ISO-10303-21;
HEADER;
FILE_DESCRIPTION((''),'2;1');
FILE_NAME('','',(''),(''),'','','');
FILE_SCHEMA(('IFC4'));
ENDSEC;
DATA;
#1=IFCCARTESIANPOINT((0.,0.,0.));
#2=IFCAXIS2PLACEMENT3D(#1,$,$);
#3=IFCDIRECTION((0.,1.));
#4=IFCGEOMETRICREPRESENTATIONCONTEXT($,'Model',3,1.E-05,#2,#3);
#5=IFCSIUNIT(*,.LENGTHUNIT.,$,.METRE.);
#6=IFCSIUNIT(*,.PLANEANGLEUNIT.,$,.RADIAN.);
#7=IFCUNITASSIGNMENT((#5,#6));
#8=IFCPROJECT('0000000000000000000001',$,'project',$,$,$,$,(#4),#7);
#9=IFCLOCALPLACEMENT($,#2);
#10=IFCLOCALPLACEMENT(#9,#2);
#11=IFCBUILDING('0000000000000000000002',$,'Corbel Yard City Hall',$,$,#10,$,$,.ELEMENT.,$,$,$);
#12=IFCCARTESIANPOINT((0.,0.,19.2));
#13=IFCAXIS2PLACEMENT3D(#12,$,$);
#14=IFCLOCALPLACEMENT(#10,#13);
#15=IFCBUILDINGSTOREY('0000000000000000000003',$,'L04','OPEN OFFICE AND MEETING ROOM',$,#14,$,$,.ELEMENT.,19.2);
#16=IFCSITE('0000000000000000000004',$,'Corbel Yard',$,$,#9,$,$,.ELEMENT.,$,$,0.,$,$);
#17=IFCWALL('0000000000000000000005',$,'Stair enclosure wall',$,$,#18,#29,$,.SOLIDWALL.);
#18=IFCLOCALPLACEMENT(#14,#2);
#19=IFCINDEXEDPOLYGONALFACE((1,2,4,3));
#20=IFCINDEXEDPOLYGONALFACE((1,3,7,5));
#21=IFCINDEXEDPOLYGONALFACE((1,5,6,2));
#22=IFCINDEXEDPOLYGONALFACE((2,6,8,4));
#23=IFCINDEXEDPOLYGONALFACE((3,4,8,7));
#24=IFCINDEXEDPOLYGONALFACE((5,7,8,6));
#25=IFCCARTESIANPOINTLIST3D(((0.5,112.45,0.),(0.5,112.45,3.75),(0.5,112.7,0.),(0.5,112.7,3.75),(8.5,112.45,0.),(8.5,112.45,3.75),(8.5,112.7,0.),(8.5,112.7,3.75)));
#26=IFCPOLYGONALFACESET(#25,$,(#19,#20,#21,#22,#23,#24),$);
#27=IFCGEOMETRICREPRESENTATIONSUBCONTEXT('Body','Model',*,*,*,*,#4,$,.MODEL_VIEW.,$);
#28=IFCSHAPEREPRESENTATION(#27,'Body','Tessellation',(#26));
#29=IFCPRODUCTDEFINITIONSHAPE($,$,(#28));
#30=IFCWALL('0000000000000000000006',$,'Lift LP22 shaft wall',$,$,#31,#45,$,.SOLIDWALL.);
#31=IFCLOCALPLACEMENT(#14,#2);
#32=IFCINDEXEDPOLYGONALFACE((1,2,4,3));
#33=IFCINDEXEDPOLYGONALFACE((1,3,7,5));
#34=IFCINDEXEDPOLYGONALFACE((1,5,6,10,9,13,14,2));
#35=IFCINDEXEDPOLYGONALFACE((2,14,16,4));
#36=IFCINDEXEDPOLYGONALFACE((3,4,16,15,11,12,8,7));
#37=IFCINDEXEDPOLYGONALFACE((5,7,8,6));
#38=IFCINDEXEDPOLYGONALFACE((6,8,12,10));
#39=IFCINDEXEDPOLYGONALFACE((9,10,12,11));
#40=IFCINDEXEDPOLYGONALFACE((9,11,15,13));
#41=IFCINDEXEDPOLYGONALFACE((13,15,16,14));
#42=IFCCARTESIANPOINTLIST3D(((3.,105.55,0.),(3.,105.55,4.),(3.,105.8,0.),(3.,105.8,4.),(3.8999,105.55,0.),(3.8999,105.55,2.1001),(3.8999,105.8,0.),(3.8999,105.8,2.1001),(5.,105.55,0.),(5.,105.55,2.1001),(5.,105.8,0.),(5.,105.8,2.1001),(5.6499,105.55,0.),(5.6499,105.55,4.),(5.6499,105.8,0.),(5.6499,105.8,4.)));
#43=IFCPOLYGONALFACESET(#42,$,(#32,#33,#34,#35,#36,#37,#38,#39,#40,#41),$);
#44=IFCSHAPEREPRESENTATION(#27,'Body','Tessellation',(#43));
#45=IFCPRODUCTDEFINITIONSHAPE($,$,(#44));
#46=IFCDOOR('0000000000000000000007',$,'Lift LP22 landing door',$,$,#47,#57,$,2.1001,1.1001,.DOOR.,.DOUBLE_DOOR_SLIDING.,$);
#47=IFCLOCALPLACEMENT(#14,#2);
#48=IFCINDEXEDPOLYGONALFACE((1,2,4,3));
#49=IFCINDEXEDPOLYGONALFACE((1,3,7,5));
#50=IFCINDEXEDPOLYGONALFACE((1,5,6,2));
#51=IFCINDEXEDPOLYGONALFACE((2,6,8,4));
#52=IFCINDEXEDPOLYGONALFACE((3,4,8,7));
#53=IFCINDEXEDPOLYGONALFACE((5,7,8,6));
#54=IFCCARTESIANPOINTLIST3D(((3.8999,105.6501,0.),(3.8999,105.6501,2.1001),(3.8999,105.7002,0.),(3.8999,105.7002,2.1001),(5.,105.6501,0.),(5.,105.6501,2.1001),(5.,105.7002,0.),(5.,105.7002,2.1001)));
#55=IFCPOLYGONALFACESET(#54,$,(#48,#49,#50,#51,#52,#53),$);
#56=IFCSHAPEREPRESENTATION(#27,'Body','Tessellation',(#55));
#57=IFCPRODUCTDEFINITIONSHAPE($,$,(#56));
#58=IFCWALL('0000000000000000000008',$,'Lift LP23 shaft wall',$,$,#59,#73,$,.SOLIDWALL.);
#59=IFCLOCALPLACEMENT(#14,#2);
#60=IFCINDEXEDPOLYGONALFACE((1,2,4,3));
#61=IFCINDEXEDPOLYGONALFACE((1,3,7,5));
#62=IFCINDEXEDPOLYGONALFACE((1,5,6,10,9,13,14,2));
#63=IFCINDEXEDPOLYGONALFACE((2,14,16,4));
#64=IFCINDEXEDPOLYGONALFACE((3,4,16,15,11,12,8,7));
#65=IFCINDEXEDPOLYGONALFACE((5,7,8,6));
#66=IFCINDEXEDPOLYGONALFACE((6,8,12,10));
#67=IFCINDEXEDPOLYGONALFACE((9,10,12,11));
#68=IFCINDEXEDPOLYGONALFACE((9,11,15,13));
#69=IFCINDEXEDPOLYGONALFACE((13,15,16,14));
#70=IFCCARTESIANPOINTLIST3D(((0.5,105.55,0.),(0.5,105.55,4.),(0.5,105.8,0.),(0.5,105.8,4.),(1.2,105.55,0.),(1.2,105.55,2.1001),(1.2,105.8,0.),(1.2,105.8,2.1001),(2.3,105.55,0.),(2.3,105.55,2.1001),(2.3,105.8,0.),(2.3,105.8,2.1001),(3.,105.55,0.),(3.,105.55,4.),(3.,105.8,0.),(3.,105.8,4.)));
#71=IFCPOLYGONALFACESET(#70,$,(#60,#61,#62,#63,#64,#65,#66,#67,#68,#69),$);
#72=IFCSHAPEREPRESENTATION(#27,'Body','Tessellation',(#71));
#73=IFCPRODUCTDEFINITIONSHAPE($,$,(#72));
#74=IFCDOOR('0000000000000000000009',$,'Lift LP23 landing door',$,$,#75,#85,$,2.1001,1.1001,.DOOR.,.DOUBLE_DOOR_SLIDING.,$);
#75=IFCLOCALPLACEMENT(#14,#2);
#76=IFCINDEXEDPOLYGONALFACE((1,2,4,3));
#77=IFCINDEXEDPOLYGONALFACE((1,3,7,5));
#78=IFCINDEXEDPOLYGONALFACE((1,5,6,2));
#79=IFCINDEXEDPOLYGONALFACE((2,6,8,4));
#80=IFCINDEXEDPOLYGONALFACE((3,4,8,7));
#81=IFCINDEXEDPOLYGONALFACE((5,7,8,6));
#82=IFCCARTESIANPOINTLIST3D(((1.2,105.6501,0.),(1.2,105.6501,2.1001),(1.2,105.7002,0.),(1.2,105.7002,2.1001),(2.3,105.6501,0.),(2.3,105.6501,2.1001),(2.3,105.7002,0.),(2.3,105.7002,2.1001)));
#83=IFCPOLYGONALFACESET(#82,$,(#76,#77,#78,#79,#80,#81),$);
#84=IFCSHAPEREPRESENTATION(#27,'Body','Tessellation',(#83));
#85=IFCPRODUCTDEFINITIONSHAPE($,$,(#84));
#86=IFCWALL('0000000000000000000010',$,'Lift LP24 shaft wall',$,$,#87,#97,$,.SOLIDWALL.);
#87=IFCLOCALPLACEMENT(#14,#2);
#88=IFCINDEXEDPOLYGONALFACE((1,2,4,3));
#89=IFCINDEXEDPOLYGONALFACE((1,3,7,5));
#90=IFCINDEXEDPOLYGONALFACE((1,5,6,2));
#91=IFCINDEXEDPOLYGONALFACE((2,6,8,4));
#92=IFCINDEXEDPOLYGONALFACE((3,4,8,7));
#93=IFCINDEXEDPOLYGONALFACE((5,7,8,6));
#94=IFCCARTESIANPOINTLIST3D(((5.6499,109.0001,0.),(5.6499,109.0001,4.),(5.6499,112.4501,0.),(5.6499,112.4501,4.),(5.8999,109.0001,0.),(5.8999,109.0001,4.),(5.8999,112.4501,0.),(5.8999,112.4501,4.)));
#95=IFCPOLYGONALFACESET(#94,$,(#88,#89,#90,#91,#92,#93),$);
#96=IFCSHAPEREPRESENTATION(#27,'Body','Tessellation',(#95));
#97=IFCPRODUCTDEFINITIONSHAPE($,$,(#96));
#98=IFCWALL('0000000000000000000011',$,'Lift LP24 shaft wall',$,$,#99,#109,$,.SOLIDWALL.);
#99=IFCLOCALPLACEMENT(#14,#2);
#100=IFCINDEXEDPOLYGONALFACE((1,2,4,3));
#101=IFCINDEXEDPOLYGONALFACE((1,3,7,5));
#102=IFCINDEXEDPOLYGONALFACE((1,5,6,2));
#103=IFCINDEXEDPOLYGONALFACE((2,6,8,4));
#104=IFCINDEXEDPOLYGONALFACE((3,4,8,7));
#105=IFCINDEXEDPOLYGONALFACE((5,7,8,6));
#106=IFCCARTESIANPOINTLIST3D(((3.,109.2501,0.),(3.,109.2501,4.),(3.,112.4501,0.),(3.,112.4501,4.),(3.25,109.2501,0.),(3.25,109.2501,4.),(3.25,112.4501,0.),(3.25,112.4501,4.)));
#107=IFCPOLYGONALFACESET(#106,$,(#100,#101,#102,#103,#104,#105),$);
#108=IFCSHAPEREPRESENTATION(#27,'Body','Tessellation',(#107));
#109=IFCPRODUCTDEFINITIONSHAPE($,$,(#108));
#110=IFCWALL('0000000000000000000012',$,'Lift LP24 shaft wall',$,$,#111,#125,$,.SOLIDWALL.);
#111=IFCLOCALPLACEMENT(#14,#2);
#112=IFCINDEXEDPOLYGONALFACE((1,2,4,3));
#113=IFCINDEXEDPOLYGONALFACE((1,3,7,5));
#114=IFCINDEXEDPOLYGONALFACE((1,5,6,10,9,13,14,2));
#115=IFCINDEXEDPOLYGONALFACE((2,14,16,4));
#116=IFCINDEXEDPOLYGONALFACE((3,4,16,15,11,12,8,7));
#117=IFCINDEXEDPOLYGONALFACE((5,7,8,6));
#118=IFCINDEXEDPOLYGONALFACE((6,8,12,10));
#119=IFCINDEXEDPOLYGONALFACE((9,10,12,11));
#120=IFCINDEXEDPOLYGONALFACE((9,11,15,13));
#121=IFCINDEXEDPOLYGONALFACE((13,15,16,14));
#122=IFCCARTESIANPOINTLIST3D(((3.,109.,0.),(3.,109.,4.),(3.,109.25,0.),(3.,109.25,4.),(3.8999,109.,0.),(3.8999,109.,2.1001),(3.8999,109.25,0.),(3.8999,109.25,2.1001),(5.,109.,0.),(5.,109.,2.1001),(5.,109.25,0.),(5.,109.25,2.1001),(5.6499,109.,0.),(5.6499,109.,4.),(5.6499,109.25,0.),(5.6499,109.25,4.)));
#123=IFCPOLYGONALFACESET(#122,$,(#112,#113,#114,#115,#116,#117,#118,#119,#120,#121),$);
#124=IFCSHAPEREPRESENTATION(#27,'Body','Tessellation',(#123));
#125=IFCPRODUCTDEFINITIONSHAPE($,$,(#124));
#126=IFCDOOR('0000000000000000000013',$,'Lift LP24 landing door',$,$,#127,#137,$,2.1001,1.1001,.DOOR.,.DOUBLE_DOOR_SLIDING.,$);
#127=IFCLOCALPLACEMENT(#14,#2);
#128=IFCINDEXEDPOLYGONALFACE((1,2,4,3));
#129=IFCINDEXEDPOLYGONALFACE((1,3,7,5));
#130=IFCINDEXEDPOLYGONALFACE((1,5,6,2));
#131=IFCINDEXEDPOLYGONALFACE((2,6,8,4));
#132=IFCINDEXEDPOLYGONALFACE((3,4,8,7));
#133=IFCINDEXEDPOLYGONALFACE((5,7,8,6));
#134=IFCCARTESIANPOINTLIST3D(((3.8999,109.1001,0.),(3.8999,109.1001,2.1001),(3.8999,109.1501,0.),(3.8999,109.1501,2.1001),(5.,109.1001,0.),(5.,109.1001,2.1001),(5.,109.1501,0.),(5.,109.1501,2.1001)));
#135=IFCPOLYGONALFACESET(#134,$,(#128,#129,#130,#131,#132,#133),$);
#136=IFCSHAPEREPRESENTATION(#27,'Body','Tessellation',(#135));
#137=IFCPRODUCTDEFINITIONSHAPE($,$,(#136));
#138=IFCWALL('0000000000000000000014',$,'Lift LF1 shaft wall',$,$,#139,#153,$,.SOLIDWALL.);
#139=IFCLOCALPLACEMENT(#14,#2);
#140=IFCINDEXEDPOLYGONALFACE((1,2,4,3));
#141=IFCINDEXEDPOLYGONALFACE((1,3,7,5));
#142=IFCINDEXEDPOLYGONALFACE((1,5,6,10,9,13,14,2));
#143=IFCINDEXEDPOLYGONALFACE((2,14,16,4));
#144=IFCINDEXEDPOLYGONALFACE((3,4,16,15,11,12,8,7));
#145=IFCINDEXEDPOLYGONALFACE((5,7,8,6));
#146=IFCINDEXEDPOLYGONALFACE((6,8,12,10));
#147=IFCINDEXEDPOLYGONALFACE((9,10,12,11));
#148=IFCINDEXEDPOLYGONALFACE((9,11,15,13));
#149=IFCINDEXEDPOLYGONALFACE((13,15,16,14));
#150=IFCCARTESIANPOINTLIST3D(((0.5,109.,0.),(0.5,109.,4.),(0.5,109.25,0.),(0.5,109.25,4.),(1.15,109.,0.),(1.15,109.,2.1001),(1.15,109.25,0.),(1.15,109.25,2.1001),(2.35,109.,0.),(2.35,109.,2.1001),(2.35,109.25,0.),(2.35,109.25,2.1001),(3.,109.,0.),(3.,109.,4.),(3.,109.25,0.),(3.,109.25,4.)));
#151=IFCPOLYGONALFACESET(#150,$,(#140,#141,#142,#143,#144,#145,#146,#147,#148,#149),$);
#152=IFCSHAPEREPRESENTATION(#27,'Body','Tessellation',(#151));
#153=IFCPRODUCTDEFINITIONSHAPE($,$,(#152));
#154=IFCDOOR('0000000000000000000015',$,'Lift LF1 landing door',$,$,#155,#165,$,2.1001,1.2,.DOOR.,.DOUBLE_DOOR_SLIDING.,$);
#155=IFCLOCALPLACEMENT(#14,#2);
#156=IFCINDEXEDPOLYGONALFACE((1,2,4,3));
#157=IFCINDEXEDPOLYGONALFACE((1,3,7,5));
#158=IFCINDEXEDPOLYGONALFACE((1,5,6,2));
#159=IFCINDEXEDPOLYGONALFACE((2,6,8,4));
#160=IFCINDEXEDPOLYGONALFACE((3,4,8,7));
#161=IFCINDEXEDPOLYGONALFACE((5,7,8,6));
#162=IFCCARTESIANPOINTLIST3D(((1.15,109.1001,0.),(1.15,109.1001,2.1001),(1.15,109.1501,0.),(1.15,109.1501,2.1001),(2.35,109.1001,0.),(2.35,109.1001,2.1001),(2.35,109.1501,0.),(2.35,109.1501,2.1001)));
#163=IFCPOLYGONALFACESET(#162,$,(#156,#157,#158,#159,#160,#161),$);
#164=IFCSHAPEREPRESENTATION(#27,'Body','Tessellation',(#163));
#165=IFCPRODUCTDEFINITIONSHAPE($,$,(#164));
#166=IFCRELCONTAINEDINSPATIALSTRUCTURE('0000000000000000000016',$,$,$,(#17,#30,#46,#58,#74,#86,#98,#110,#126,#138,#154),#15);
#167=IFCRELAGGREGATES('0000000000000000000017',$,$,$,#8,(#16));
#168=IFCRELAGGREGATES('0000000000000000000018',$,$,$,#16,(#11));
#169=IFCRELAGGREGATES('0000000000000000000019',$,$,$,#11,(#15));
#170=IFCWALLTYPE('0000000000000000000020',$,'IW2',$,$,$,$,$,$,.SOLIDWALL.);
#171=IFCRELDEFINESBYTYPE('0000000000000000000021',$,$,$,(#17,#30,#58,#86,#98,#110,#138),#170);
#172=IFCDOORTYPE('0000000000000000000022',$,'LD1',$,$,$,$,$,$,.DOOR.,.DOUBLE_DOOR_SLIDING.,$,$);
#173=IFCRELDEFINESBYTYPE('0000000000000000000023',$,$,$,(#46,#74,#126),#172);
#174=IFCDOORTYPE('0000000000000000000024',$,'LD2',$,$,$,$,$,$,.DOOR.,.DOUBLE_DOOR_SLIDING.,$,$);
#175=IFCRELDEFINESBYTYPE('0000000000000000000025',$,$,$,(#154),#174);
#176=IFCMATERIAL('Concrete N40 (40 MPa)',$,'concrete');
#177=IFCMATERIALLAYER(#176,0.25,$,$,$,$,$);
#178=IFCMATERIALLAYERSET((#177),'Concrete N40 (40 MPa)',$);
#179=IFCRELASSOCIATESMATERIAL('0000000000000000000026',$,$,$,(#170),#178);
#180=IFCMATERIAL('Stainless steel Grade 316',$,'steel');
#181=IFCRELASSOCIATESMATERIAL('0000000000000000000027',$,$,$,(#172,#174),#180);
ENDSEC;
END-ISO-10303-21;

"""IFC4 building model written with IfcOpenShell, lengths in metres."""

from ifc_helpers import new_model, si_unit, direction, frame, frame_2d, origin, place, context, subcontext, project, spatial, rectangle, extrude, material, layer, layer_set, type_object, element, fill, save


model = new_model("IFC4")

# Units and contexts
model_context = context("Model", 3, precision=1e-05, world=origin(), true_north=direction((0.0, 1.0)))
body_context = subcontext(model_context, "Body", "Model", "MODEL_VIEW")
ifc_project = project(units=[si_unit("LENGTHUNIT", "METRE"), si_unit("PLANEANGLEUNIT", "RADIAN")], contexts=[model_context])

# Site, building, storey
site_placement = place(None, origin())
site = spatial("IfcSite", under=ifc_project, at=site_placement, Name="Corbel Yard", CompositionType="ELEMENT", RefElevation=0.0)
building_placement = place(site_placement, origin())
building = spatial("IfcBuilding", under=site, at=building_placement, Name="Corbel Yard City Hall", CompositionType="ELEMENT")
storey_placement = place(building_placement, frame((0.0, 0.0, 19.2)))
storey = spatial("IfcBuildingStorey", under=building, at=storey_placement, Name="L04", Description="OPEN OFFICE AND MEETING ROOM", CompositionType="ELEMENT", Elevation=19.2)

# Wall
ifc_material_1 = material(Name="Concrete N40 (40 MPa)", Category="concrete")
ifc_layer_1 = layer(ifc_material_1, 0.25)
ifc_layer_set_1 = layer_set([ifc_layer_1], Name="Concrete N40 (40 MPa)")
wall_type_1 = type_object("IfcWallType", Name="IW2", PredefinedType="SOLIDWALL", material=ifc_layer_set_1)
wall_1_placement = place(storey_placement, frame((8.5, 112.575, 0.0), z_axis=(0.0, 0.0, 1.0), x_axis=(-1.0, 0.0, 0.0)))
element("IfcWall", 1, at=wall_1_placement, inside=storey, type_object=wall_type_1, Name="Stair enclosure wall", PredefinedType="SOLIDWALL", context=body_context, shape_type="SweptSolid", body=[
    extrude(rectangle(XDim=8.0, YDim=0.25, at=frame_2d((4.0, 0.0))), origin(), (0.0, 0.0, 1.0), 3.75),
])

# Walls, openings, doors
wall_2_placement = place(storey_placement, frame((5.6499, 105.675, 0.0), z_axis=(0.0, 0.0, 1.0), x_axis=(-1.0, 0.0, 0.0)))
wall_2 = element("IfcWall", 2, at=wall_2_placement, inside=storey, type_object=wall_type_1, Name="Lift LP22 shaft wall", PredefinedType="SOLIDWALL", context=body_context, shape_type="SweptSolid", body=[
    extrude(rectangle(XDim=2.6499, YDim=0.25, at=frame_2d((1.325, 0.0))), origin(), (0.0, 0.0, 1.0), 4.0),
])
opening_1_placement = place(wall_2_placement, frame((0.6499, 0.0, 0.0)))
opening_1 = element("IfcOpeningElement", 3, at=opening_1_placement, cuts=wall_2, PredefinedType="OPENING", context=body_context, shape_type="SweptSolid", body=[
    extrude(rectangle(XDim=1.1001, YDim=2.1001, at=frame_2d((0.55, 1.05))), frame((0.0, 0.135, 0.0), z_axis=(0.0, -1.0, 0.0), x_axis=(1.0, 0.0, 0.0)), (0.0, 0.0, 1.0), 0.27),
])
ifc_material_2 = material(Name="Stainless steel Grade 316", Category="steel")
door_type_1 = type_object("IfcDoorType", Name="LD1", OperationType="DOUBLE_DOOR_SLIDING", PredefinedType="DOOR", material=ifc_material_2)
door_1_placement = place(opening_1_placement, origin())
door_1 = element("IfcDoor", 4, at=door_1_placement, inside=storey, type_object=door_type_1, Name="Lift LP22 landing door", OperationType="DOUBLE_DOOR_SLIDING", OverallHeight=2.1001, OverallWidth=1.1001, PredefinedType="DOOR", context=body_context, shape_type="SweptSolid", body=[
    extrude(rectangle(XDim=1.1001, YDim=2.1001, at=frame_2d((0.55, 1.05))), frame((0.0, 0.0249, 0.0), z_axis=(0.0, -1.0, 0.0), x_axis=(1.0, 0.0, 0.0)), (0.0, 0.0, 1.0), 0.05),
])
fill(opening_1, door_1)
wall_3_placement = place(storey_placement, frame((3.0, 105.675, 0.0), z_axis=(0.0, 0.0, 1.0), x_axis=(-1.0, 0.0, 0.0)))
wall_3 = element("IfcWall", 5, at=wall_3_placement, inside=storey, type_object=wall_type_1, Name="Lift LP23 shaft wall", PredefinedType="SOLIDWALL", context=body_context, shape_type="SweptSolid", body=[
    extrude(rectangle(XDim=2.5, YDim=0.25, at=frame_2d((1.25, 0.0))), origin(), (0.0, 0.0, 1.0), 4.0),
])
opening_2_placement = place(wall_3_placement, frame((0.7, 0.0, 0.0)))
opening_2 = element("IfcOpeningElement", 6, at=opening_2_placement, cuts=wall_3, PredefinedType="OPENING", context=body_context, shape_type="SweptSolid", body=[
    extrude(rectangle(XDim=1.1001, YDim=2.1001, at=frame_2d((0.55, 1.05))), frame((0.0, 0.135, 0.0), z_axis=(0.0, -1.0, 0.0), x_axis=(1.0, 0.0, 0.0)), (0.0, 0.0, 1.0), 0.27),
])
door_2_placement = place(opening_2_placement, origin())
door_2 = element("IfcDoor", 7, at=door_2_placement, inside=storey, type_object=door_type_1, Name="Lift LP23 landing door", OperationType="DOUBLE_DOOR_SLIDING", OverallHeight=2.1001, OverallWidth=1.1001, PredefinedType="DOOR", context=body_context, shape_type="SweptSolid", body=[
    extrude(rectangle(XDim=1.1001, YDim=2.1001, at=frame_2d((0.55, 1.05))), frame((0.0, 0.0249, 0.0), z_axis=(0.0, -1.0, 0.0), x_axis=(1.0, 0.0, 0.0)), (0.0, 0.0, 1.0), 0.05),
])
fill(opening_2, door_2)

# Walls
wall_4_placement = place(storey_placement, frame((5.7749, 109.0, 0.0), z_axis=(0.0, 0.0, 1.0), x_axis=(0.0, 1.0, 0.0)))
element("IfcWall", 8, at=wall_4_placement, inside=storey, type_object=wall_type_1, Name="Lift LP24 shaft wall", PredefinedType="SOLIDWALL", context=body_context, shape_type="SweptSolid", body=[
    extrude(rectangle(XDim=3.45, YDim=0.25, at=frame_2d((1.7251, 0.0))), origin(), (0.0, 0.0, 1.0), 4.0),
])
wall_5_placement = place(storey_placement, frame((3.125, 109.25, 0.0), z_axis=(0.0, 0.0, 1.0), x_axis=(0.0, 1.0, 0.0)))
element("IfcWall", 9, at=wall_5_placement, inside=storey, type_object=wall_type_1, Name="Lift LP24 shaft wall", PredefinedType="SOLIDWALL", context=body_context, shape_type="SweptSolid", body=[
    extrude(rectangle(XDim=3.2, YDim=0.25, at=frame_2d((1.6001, 0.0))), origin(), (0.0, 0.0, 1.0), 4.0),
])

# Walls, openings, doors
wall_6_placement = place(storey_placement, frame((5.6499, 109.125, 0.0), z_axis=(0.0, 0.0, 1.0), x_axis=(-1.0, 0.0, 0.0)))
wall_6 = element("IfcWall", 10, at=wall_6_placement, inside=storey, type_object=wall_type_1, Name="Lift LP24 shaft wall", PredefinedType="SOLIDWALL", context=body_context, shape_type="SweptSolid", body=[
    extrude(rectangle(XDim=2.6499, YDim=0.25, at=frame_2d((1.325, 0.0))), origin(), (0.0, 0.0, 1.0), 4.0),
])
opening_3_placement = place(wall_6_placement, frame((0.6499, 0.0, 0.0)))
opening_3 = element("IfcOpeningElement", 11, at=opening_3_placement, cuts=wall_6, PredefinedType="OPENING", context=body_context, shape_type="SweptSolid", body=[
    extrude(rectangle(XDim=1.1001, YDim=2.1001, at=frame_2d((0.55, 1.05))), frame((0.0, 0.135, 0.0), z_axis=(0.0, -1.0, 0.0), x_axis=(1.0, 0.0, 0.0)), (0.0, 0.0, 1.0), 0.27),
])
door_3_placement = place(opening_3_placement, origin())
door_3 = element("IfcDoor", 12, at=door_3_placement, inside=storey, type_object=door_type_1, Name="Lift LP24 landing door", OperationType="DOUBLE_DOOR_SLIDING", OverallHeight=2.1001, OverallWidth=1.1001, PredefinedType="DOOR", context=body_context, shape_type="SweptSolid", body=[
    extrude(rectangle(XDim=1.1001, YDim=2.1001, at=frame_2d((0.55, 1.05))), frame((0.0, 0.0249, 0.0), z_axis=(0.0, -1.0, 0.0), x_axis=(1.0, 0.0, 0.0)), (0.0, 0.0, 1.0), 0.05),
])
fill(opening_3, door_3)
wall_7_placement = place(storey_placement, frame((3.0, 109.125, 0.0), z_axis=(0.0, 0.0, 1.0), x_axis=(-1.0, 0.0, 0.0)))
wall_7 = element("IfcWall", 13, at=wall_7_placement, inside=storey, type_object=wall_type_1, Name="Lift LF1 shaft wall", PredefinedType="SOLIDWALL", context=body_context, shape_type="SweptSolid", body=[
    extrude(rectangle(XDim=2.5, YDim=0.25, at=frame_2d((1.25, 0.0))), origin(), (0.0, 0.0, 1.0), 4.0),
])
opening_4_placement = place(wall_7_placement, frame((0.6499, 0.0, 0.0)))
opening_4 = element("IfcOpeningElement", 14, at=opening_4_placement, cuts=wall_7, PredefinedType="OPENING", context=body_context, shape_type="SweptSolid", body=[
    extrude(rectangle(XDim=1.2, YDim=2.1001, at=frame_2d((0.6001, 1.05))), frame((0.0, 0.135, 0.0), z_axis=(0.0, -1.0, 0.0), x_axis=(1.0, 0.0, 0.0)), (0.0, 0.0, 1.0), 0.27),
])
door_type_2 = type_object("IfcDoorType", Name="LD2", OperationType="DOUBLE_DOOR_SLIDING", PredefinedType="DOOR", material=ifc_material_2)
door_4_placement = place(opening_4_placement, origin())
door_4 = element("IfcDoor", 15, at=door_4_placement, inside=storey, type_object=door_type_2, Name="Lift LF1 landing door", OperationType="DOUBLE_DOOR_SLIDING", OverallHeight=2.1001, OverallWidth=1.2, PredefinedType="DOOR", context=body_context, shape_type="SweptSolid", body=[
    extrude(rectangle(XDim=1.2, YDim=2.1001, at=frame_2d((0.6001, 1.05))), frame((0.0, 0.0249, 0.0), z_axis=(0.0, -1.0, 0.0), x_axis=(1.0, 0.0, 0.0)), (0.0, 0.0, 1.0), 0.05),
])
fill(opening_4, door_4)

save(model, "model.ifc")
